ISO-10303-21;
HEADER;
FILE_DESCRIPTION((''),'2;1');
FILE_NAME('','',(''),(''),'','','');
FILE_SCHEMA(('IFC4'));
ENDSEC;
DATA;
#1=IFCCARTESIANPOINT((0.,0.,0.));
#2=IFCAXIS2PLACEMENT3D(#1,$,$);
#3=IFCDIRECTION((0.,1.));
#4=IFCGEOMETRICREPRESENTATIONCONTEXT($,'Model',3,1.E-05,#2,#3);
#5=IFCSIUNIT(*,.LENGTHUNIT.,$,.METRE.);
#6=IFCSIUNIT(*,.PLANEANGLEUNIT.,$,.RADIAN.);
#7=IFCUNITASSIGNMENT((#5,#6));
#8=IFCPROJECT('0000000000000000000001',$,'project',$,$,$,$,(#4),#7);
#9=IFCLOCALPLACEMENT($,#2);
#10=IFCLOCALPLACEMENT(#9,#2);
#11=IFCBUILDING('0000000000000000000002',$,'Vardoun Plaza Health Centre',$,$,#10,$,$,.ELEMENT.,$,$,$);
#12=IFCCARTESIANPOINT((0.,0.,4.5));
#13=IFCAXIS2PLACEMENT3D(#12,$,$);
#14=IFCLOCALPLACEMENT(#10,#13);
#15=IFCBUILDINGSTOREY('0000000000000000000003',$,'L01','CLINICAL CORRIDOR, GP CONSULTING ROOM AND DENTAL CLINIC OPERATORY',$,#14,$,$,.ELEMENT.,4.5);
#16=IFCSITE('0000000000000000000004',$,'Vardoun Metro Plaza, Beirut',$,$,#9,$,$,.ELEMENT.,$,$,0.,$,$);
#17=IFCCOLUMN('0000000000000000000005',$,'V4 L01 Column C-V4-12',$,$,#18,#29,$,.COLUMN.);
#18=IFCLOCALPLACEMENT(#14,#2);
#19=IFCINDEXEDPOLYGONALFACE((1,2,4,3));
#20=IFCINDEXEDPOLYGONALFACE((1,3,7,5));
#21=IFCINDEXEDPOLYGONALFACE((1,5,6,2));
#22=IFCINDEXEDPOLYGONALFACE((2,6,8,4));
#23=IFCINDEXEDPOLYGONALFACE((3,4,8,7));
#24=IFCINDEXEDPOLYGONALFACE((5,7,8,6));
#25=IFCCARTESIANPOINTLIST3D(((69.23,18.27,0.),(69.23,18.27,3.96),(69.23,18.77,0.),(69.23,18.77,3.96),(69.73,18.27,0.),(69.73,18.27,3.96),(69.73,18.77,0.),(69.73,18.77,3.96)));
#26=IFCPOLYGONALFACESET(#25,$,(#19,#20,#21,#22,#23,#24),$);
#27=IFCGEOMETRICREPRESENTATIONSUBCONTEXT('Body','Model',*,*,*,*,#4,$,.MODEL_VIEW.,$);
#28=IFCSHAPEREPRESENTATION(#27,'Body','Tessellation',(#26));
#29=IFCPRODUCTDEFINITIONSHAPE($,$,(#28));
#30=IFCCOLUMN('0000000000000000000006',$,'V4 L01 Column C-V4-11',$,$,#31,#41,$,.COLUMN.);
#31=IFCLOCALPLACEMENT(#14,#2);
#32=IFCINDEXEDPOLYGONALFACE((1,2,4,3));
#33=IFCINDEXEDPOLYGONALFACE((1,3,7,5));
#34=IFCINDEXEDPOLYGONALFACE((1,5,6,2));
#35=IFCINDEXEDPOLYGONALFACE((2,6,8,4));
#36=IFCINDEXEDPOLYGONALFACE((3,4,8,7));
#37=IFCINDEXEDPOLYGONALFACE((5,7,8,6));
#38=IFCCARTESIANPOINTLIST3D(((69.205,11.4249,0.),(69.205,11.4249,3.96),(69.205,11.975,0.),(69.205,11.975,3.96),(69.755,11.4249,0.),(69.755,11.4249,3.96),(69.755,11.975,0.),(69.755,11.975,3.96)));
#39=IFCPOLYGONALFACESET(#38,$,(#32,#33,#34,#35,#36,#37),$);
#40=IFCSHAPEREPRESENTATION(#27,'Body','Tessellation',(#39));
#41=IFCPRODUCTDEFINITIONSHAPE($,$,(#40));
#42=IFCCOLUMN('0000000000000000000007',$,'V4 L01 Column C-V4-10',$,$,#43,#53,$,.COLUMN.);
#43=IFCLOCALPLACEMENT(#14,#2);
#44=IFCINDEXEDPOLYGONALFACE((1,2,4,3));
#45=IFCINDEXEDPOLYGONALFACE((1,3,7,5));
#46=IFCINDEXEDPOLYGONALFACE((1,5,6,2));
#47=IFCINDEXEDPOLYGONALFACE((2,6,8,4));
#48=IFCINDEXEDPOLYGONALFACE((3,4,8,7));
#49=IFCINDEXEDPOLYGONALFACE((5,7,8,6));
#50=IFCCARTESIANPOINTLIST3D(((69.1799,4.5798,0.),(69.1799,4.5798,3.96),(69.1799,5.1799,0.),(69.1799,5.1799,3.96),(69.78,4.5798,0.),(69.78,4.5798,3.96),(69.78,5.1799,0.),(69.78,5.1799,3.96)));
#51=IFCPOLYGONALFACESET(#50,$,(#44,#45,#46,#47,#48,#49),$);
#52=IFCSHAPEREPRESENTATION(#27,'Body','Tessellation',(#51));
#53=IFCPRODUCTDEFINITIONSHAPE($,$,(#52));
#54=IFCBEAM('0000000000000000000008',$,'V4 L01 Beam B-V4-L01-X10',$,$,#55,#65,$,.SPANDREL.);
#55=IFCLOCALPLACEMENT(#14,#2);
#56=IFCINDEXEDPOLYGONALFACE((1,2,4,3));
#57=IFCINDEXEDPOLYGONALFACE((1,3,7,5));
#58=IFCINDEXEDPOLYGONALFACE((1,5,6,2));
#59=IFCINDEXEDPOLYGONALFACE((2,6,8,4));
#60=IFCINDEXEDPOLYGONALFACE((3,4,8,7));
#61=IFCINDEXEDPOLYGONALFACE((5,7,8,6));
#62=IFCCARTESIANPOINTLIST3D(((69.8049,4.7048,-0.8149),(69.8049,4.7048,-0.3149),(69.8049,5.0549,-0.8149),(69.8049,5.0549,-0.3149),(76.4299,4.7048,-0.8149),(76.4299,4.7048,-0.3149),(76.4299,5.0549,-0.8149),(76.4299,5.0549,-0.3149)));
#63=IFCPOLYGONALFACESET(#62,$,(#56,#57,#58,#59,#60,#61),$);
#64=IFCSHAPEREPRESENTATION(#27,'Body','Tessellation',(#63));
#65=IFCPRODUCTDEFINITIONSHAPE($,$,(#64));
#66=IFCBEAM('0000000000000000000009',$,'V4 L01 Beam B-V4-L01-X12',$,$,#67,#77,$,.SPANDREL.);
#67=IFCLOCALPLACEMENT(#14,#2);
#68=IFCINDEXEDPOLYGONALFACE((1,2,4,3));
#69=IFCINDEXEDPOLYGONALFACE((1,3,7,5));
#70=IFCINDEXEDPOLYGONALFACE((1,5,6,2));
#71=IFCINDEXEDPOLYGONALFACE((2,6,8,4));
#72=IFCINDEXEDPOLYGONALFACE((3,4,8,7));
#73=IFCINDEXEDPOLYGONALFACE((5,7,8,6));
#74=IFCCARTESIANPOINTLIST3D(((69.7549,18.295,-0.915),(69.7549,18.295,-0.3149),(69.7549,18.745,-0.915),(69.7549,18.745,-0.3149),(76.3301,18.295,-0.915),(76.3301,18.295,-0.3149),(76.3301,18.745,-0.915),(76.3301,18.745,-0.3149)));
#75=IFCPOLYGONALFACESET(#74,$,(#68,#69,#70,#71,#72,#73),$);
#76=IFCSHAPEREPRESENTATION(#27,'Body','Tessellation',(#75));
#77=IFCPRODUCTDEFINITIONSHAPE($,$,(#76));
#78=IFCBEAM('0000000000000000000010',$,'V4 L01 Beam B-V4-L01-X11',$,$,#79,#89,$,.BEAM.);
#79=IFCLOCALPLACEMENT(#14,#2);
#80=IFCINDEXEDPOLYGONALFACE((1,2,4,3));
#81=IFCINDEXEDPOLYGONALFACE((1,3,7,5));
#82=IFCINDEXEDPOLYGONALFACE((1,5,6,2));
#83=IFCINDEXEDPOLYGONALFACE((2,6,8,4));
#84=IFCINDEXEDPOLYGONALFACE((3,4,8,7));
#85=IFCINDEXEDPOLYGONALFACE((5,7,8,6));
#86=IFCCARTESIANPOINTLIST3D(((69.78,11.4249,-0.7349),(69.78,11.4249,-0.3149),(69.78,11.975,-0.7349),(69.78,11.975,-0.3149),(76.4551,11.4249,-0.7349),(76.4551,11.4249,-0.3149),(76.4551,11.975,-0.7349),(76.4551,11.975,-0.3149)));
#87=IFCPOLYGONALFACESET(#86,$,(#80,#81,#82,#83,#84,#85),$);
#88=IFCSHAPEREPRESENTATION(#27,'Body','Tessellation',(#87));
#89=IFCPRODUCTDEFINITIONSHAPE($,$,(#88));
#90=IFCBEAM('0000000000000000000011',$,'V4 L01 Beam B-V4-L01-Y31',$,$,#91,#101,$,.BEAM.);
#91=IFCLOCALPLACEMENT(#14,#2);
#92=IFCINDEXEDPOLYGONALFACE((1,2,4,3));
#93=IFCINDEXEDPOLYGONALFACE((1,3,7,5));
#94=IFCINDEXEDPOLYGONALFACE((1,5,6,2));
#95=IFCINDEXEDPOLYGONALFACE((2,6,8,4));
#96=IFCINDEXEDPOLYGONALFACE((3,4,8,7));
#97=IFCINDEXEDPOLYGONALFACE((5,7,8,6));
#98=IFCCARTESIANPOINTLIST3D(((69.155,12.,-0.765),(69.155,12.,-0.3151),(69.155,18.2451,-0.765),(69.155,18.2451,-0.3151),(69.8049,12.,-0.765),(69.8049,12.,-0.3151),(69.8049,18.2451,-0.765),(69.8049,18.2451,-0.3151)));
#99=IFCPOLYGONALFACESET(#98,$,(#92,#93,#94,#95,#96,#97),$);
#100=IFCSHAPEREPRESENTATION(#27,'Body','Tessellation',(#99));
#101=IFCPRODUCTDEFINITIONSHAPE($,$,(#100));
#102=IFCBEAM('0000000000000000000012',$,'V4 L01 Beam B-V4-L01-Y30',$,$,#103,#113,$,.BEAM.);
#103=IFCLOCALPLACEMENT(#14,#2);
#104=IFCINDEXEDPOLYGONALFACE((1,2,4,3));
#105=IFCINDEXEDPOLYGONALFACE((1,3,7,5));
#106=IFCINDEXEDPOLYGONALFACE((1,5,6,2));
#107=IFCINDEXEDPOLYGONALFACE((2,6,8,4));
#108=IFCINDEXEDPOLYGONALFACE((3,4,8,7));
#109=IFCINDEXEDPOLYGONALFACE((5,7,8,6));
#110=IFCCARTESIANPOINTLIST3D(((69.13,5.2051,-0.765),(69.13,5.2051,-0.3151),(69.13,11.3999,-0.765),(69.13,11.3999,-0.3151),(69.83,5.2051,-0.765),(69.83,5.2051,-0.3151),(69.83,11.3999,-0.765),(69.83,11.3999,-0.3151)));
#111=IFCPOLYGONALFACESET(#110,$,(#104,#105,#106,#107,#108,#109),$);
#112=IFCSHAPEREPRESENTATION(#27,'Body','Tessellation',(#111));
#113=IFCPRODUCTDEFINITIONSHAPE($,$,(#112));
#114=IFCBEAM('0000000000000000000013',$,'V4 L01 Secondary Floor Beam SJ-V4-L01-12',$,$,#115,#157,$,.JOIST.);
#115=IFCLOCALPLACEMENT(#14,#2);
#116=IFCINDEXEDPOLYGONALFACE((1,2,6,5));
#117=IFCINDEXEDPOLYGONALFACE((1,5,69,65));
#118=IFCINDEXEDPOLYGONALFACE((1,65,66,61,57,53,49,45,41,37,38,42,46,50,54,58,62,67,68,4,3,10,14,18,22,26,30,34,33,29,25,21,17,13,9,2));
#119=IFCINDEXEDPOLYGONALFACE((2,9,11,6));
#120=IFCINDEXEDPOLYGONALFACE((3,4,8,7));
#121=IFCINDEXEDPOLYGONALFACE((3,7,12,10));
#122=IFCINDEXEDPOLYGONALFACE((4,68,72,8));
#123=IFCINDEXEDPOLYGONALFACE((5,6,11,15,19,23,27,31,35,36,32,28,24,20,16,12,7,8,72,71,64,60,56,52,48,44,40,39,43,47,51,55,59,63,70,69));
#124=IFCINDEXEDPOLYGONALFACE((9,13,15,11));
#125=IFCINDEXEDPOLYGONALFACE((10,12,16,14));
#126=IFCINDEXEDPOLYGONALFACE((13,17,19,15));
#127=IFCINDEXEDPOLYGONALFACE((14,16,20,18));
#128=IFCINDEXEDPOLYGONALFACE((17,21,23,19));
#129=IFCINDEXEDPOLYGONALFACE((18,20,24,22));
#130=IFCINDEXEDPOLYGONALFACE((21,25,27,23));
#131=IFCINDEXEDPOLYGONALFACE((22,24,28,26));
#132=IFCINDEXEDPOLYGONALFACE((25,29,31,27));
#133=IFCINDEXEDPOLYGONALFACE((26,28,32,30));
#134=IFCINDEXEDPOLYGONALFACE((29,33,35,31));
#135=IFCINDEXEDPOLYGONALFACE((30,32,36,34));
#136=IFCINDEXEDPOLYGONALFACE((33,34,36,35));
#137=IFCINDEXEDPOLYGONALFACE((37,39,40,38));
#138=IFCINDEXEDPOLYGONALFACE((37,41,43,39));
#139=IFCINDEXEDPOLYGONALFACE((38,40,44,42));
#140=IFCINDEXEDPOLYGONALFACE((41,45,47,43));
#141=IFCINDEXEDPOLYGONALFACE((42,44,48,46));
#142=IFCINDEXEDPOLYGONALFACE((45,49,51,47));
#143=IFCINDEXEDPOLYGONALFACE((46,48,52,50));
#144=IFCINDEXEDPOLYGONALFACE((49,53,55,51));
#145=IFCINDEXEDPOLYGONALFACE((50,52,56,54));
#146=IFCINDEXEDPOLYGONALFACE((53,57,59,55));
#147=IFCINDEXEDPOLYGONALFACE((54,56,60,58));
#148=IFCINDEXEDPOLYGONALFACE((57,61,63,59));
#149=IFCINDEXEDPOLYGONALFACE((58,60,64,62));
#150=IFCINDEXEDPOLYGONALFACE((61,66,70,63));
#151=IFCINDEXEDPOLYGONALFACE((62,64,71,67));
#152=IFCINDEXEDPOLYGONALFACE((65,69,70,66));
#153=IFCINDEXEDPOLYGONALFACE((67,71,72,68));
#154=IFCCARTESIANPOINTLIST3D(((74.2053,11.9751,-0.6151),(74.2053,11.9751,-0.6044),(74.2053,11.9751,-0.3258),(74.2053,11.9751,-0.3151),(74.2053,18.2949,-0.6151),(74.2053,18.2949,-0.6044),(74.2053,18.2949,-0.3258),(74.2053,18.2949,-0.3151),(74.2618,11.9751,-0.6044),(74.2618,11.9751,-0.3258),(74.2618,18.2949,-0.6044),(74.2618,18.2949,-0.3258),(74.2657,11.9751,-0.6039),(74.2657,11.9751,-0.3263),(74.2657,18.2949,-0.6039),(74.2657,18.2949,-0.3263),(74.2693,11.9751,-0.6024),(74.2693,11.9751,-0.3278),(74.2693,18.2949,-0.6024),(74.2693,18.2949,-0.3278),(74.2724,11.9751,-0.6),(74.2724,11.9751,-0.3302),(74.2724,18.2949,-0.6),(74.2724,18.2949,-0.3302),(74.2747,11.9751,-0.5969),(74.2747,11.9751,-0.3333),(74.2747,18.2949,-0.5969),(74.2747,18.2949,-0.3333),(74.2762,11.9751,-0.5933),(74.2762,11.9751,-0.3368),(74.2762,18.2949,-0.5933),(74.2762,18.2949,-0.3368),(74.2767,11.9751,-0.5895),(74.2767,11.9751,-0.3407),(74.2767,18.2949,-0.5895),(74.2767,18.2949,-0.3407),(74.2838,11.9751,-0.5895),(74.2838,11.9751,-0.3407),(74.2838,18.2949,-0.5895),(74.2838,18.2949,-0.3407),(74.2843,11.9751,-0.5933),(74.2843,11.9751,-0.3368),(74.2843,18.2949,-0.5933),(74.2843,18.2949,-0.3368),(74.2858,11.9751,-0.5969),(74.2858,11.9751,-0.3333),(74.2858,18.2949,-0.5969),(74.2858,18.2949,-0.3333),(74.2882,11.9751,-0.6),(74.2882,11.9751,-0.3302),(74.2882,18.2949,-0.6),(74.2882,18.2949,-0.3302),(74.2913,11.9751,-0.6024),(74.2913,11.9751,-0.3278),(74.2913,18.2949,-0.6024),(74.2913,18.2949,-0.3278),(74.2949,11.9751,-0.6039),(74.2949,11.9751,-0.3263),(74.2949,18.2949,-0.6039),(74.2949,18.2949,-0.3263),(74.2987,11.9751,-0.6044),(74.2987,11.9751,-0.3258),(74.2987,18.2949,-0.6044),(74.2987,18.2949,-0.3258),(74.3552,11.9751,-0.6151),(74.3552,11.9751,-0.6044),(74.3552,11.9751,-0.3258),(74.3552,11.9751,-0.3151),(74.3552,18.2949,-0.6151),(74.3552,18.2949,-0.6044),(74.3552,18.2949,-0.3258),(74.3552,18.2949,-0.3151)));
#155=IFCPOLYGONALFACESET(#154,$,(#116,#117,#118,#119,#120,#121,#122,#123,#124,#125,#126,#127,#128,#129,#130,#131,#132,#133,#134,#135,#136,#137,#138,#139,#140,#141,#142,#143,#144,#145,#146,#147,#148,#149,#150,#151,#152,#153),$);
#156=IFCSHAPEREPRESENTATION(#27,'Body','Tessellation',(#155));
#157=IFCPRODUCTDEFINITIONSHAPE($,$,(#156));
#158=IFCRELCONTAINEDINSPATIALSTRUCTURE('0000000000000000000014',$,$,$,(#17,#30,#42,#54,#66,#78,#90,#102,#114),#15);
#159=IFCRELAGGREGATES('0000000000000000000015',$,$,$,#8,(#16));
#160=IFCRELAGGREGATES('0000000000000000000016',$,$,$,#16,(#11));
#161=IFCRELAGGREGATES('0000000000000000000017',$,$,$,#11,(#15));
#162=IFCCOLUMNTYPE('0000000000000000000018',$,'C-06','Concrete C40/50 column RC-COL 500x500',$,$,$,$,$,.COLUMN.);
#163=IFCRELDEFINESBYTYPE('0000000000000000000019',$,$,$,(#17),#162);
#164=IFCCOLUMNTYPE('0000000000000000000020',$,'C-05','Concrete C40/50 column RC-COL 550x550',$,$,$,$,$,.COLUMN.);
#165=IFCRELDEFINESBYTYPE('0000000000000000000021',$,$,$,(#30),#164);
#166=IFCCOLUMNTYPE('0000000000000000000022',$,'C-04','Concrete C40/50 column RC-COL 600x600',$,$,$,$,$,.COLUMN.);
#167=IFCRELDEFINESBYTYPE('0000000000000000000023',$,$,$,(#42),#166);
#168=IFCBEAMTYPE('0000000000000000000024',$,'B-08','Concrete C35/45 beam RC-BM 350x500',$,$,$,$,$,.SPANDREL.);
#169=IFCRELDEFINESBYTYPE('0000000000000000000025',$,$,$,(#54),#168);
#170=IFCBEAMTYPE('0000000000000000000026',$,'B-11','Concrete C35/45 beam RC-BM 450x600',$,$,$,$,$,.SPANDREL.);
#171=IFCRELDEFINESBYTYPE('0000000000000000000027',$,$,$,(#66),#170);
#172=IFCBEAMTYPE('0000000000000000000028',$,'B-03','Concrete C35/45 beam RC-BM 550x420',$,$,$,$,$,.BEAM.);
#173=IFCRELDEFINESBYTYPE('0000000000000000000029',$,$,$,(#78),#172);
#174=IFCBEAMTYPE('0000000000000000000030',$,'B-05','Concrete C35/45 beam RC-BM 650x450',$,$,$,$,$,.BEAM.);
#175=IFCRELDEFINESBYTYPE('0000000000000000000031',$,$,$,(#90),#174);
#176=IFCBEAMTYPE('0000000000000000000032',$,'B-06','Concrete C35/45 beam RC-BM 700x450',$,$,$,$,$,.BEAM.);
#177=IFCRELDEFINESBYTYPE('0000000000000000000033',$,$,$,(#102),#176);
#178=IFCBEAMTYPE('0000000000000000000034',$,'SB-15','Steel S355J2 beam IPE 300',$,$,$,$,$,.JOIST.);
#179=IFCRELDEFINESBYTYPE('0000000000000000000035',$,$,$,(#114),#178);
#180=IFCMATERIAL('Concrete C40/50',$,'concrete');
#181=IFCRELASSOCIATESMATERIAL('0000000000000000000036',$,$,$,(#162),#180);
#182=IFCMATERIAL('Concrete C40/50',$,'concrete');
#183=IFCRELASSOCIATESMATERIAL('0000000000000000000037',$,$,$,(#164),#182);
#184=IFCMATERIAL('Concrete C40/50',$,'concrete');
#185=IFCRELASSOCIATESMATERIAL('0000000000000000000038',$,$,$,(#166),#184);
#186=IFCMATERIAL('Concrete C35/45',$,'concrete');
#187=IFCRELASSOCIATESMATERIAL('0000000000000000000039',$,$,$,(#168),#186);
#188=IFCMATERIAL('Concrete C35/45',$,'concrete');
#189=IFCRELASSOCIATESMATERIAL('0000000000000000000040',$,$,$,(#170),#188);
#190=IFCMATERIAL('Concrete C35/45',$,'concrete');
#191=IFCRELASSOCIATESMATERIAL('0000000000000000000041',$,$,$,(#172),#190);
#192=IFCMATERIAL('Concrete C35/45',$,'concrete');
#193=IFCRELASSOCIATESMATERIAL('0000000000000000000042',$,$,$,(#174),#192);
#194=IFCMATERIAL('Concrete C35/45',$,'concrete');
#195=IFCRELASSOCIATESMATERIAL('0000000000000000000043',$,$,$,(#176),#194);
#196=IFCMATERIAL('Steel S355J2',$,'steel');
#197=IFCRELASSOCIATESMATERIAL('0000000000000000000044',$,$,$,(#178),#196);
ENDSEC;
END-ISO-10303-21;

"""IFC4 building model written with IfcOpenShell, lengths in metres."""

from ifc_helpers import new_model, si_unit, direction, frame, origin, origin_2d, place, context, subcontext, project, spatial, rectangle, i_section, extrude, material, material_profile, profile_set, type_object, element, save


model = new_model("IFC4")

# Units and contexts
model_context = context("Model", 3, precision=1e-05, world=origin(), true_north=direction((0.0, 1.0)))
body_context = subcontext(model_context, "Body", "Model", "MODEL_VIEW")
ifc_project = project(units=[si_unit("LENGTHUNIT", "METRE"), si_unit("PLANEANGLEUNIT", "RADIAN")], contexts=[model_context])

# Site, building, storey
site_placement = place(None, origin())
site = spatial("IfcSite", under=ifc_project, at=site_placement, Name="Vardoun Metro Plaza, Beirut", CompositionType="ELEMENT", RefElevation=0.0)
building_placement = place(site_placement, origin())
building = spatial("IfcBuilding", under=site, at=building_placement, Name="Vardoun Plaza Health Centre", CompositionType="ELEMENT")
storey_placement = place(building_placement, frame((0.0, 0.0, 4.5)))
storey = spatial("IfcBuildingStorey", under=building, at=storey_placement, Name="L01", Description="CLINICAL CORRIDOR, GP CONSULTING ROOM AND DENTAL CLINIC OPERATORY", CompositionType="ELEMENT", Elevation=4.5)

# Columns
ifc_material_1 = material(Name="Concrete C40/50", Category="concrete")
ifc_material_profile_1 = material_profile(ifc_material_1, rectangle(XDim=0.5, YDim=0.5, at=origin_2d()), Name="RC-COL 500x500")
ifc_profile_set_1 = profile_set([ifc_material_profile_1], Name="Concrete C40/50")
column_type_1 = type_object("IfcColumnType", Name="C-06", Description="Concrete C40/50 column RC-COL 500x500", PredefinedType="COLUMN", material=ifc_profile_set_1)
column_1_placement = place(storey_placement, frame((69.48, 18.52, 0.0), z_axis=(0.0, 0.0, 1.0), x_axis=(1.0, 0.0, 0.0)))
element("IfcColumn", 1, at=column_1_placement, inside=storey, type_object=column_type_1, Name="V4 L01 Column C-V4-12", PredefinedType="COLUMN", context=body_context, shape_type="SweptSolid", body=[
    extrude(rectangle(XDim=0.5, YDim=0.5, at=origin_2d()), origin(), (0.0, 0.0, 1.0), 3.96),
])
ifc_material_2 = material(Name="Concrete C40/50", Category="concrete")
ifc_material_profile_2 = material_profile(ifc_material_2, rectangle(XDim=0.55, YDim=0.55, at=origin_2d()), Name="RC-COL 550x550")
ifc_profile_set_2 = profile_set([ifc_material_profile_2], Name="Concrete C40/50")
column_type_2 = type_object("IfcColumnType", Name="C-05", Description="Concrete C40/50 column RC-COL 550x550", PredefinedType="COLUMN", material=ifc_profile_set_2)
column_2_placement = place(storey_placement, frame((69.48, 11.7, 0.0), z_axis=(0.0, 0.0, 1.0), x_axis=(1.0, 0.0, 0.0)))
element("IfcColumn", 2, at=column_2_placement, inside=storey, type_object=column_type_2, Name="V4 L01 Column C-V4-11", PredefinedType="COLUMN", context=body_context, shape_type="SweptSolid", body=[
    extrude(rectangle(XDim=0.55, YDim=0.55, at=origin_2d()), origin(), (0.0, 0.0, 1.0), 3.96),
])
ifc_material_3 = material(Name="Concrete C40/50", Category="concrete")
ifc_material_profile_3 = material_profile(ifc_material_3, rectangle(XDim=0.6001, YDim=0.6001, at=origin_2d()), Name="RC-COL 600x600")
ifc_profile_set_3 = profile_set([ifc_material_profile_3], Name="Concrete C40/50")
column_type_3 = type_object("IfcColumnType", Name="C-04", Description="Concrete C40/50 column RC-COL 600x600", PredefinedType="COLUMN", material=ifc_profile_set_3)
column_3_placement = place(storey_placement, frame((69.48, 4.8799, 0.0), z_axis=(0.0, 0.0, 1.0), x_axis=(1.0, 0.0, 0.0)))
element("IfcColumn", 3, at=column_3_placement, inside=storey, type_object=column_type_3, Name="V4 L01 Column C-V4-10", PredefinedType="COLUMN", context=body_context, shape_type="SweptSolid", body=[
    extrude(rectangle(XDim=0.6001, YDim=0.6001, at=origin_2d()), origin(), (0.0, 0.0, 1.0), 3.96),
])

# Beams
ifc_material_4 = material(Name="Concrete C35/45", Category="concrete")
ifc_material_profile_4 = material_profile(ifc_material_4, rectangle(XDim=0.3501, YDim=0.5, at=origin_2d()), Name="RC-BM 350x500")
ifc_profile_set_4 = profile_set([ifc_material_profile_4], Name="Concrete C35/45")
beam_type_1 = type_object("IfcBeamType", Name="B-08", Description="Concrete C35/45 beam RC-BM 350x500", PredefinedType="SPANDREL", material=ifc_profile_set_4)
beam_1_placement = place(storey_placement, frame((69.8049, 4.8799, -0.5649), z_axis=(1.0, 0.0, 0.0), x_axis=(0.0, 1.0, 0.0)))
element("IfcBeam", 4, at=beam_1_placement, inside=storey, type_object=beam_type_1, Name="V4 L01 Beam B-V4-L01-X10", PredefinedType="SPANDREL", context=body_context, shape_type="SweptSolid", body=[
    extrude(rectangle(XDim=0.3501, YDim=0.5, at=origin_2d()), origin(), (0.0, 0.0, 1.0), 6.625),
])
ifc_material_5 = material(Name="Concrete C35/45", Category="concrete")
ifc_material_profile_5 = material_profile(ifc_material_5, rectangle(XDim=0.45, YDim=0.6001, at=origin_2d()), Name="RC-BM 450x600")
ifc_profile_set_5 = profile_set([ifc_material_profile_5], Name="Concrete C35/45")
beam_type_2 = type_object("IfcBeamType", Name="B-11", Description="Concrete C35/45 beam RC-BM 450x600", PredefinedType="SPANDREL", material=ifc_profile_set_5)
beam_2_placement = place(storey_placement, frame((69.7549, 18.52, -0.615), z_axis=(1.0, 0.0, 0.0), x_axis=(0.0, 1.0, 0.0)))
element("IfcBeam", 5, at=beam_2_placement, inside=storey, type_object=beam_type_2, Name="V4 L01 Beam B-V4-L01-X12", PredefinedType="SPANDREL", context=body_context, shape_type="SweptSolid", body=[
    extrude(rectangle(XDim=0.45, YDim=0.6001, at=origin_2d()), origin(), (0.0, 0.0, 1.0), 6.5752),
])
ifc_material_6 = material(Name="Concrete C35/45", Category="concrete")
ifc_material_profile_6 = material_profile(ifc_material_6, rectangle(XDim=0.55, YDim=0.4199, at=origin_2d()), Name="RC-BM 550x420")
ifc_profile_set_6 = profile_set([ifc_material_profile_6], Name="Concrete C35/45")
beam_type_3 = type_object("IfcBeamType", Name="B-03", Description="Concrete C35/45 beam RC-BM 550x420", PredefinedType="BEAM", material=ifc_profile_set_6)
beam_3_placement = place(storey_placement, frame((69.78, 11.7, -0.5249), z_axis=(1.0, 0.0, 0.0), x_axis=(0.0, 1.0, 0.0)))
element("IfcBeam", 6, at=beam_3_placement, inside=storey, type_object=beam_type_3, Name="V4 L01 Beam B-V4-L01-X11", PredefinedType="BEAM", context=body_context, shape_type="SweptSolid", body=[
    extrude(rectangle(XDim=0.55, YDim=0.4199, at=origin_2d()), origin(), (0.0, 0.0, 1.0), 6.675),
])
ifc_material_7 = material(Name="Concrete C35/45", Category="concrete")
ifc_material_profile_7 = material_profile(ifc_material_7, rectangle(XDim=0.6499, YDim=0.45, at=origin_2d()), Name="RC-BM 650x450")
ifc_profile_set_7 = profile_set([ifc_material_profile_7], Name="Concrete C35/45")
beam_type_4 = type_object("IfcBeamType", Name="B-05", Description="Concrete C35/45 beam RC-BM 650x450", PredefinedType="BEAM", material=ifc_profile_set_7)
beam_4_placement = place(storey_placement, frame((69.48, 12.0, -0.54), z_axis=(0.0, 1.0, 0.0), x_axis=(-1.0, 0.0, 0.0)))
element("IfcBeam", 7, at=beam_4_placement, inside=storey, type_object=beam_type_4, Name="V4 L01 Beam B-V4-L01-Y31", PredefinedType="BEAM", context=body_context, shape_type="SweptSolid", body=[
    extrude(rectangle(XDim=0.6499, YDim=0.45, at=origin_2d()), origin(), (0.0, 0.0, 1.0), 6.2451),
])
ifc_material_8 = material(Name="Concrete C35/45", Category="concrete")
ifc_material_profile_8 = material_profile(ifc_material_8, rectangle(XDim=0.7, YDim=0.45, at=origin_2d()), Name="RC-BM 700x450")
ifc_profile_set_8 = profile_set([ifc_material_profile_8], Name="Concrete C35/45")
beam_type_5 = type_object("IfcBeamType", Name="B-06", Description="Concrete C35/45 beam RC-BM 700x450", PredefinedType="BEAM", material=ifc_profile_set_8)
beam_5_placement = place(storey_placement, frame((69.48, 5.2051, -0.54), z_axis=(0.0, 1.0, 0.0), x_axis=(-1.0, 0.0, 0.0)))
element("IfcBeam", 8, at=beam_5_placement, inside=storey, type_object=beam_type_5, Name="V4 L01 Beam B-V4-L01-Y30", PredefinedType="BEAM", context=body_context, shape_type="SweptSolid", body=[
    extrude(rectangle(XDim=0.7, YDim=0.45, at=origin_2d()), origin(), (0.0, 0.0, 1.0), 6.1948),
])
ifc_material_9 = material(Name="Steel S355J2", Category="steel")
ifc_material_profile_9 = material_profile(ifc_material_9, i_section(OverallWidth=0.1499, OverallDepth=0.3, WebThickness=0.0071, FlangeThickness=0.0107, FilletRadius=0.0149, at=origin_2d()), Name="IPE 300")
ifc_profile_set_9 = profile_set([ifc_material_profile_9], Name="Steel S355J2")
beam_type_6 = type_object("IfcBeamType", Name="SB-15", Description="Steel S355J2 beam IPE 300", PredefinedType="JOIST", material=ifc_profile_set_9)
beam_6_placement = place(storey_placement, frame((74.2803, 11.9751, -0.4651), z_axis=(0.0, 1.0, 0.0), x_axis=(-1.0, 0.0, 0.0)))
element("IfcBeam", 9, at=beam_6_placement, inside=storey, type_object=beam_type_6, Name="V4 L01 Secondary Floor Beam SJ-V4-L01-12", PredefinedType="JOIST", context=body_context, shape_type="SweptSolid", body=[
    extrude(i_section(OverallWidth=0.1499, OverallDepth=0.3, WebThickness=0.0071, FlangeThickness=0.0107, FilletRadius=0.0149, at=origin_2d()), origin(), (0.0, 0.0, 1.0), 6.3198),
])

save(model, "model.ifc")
